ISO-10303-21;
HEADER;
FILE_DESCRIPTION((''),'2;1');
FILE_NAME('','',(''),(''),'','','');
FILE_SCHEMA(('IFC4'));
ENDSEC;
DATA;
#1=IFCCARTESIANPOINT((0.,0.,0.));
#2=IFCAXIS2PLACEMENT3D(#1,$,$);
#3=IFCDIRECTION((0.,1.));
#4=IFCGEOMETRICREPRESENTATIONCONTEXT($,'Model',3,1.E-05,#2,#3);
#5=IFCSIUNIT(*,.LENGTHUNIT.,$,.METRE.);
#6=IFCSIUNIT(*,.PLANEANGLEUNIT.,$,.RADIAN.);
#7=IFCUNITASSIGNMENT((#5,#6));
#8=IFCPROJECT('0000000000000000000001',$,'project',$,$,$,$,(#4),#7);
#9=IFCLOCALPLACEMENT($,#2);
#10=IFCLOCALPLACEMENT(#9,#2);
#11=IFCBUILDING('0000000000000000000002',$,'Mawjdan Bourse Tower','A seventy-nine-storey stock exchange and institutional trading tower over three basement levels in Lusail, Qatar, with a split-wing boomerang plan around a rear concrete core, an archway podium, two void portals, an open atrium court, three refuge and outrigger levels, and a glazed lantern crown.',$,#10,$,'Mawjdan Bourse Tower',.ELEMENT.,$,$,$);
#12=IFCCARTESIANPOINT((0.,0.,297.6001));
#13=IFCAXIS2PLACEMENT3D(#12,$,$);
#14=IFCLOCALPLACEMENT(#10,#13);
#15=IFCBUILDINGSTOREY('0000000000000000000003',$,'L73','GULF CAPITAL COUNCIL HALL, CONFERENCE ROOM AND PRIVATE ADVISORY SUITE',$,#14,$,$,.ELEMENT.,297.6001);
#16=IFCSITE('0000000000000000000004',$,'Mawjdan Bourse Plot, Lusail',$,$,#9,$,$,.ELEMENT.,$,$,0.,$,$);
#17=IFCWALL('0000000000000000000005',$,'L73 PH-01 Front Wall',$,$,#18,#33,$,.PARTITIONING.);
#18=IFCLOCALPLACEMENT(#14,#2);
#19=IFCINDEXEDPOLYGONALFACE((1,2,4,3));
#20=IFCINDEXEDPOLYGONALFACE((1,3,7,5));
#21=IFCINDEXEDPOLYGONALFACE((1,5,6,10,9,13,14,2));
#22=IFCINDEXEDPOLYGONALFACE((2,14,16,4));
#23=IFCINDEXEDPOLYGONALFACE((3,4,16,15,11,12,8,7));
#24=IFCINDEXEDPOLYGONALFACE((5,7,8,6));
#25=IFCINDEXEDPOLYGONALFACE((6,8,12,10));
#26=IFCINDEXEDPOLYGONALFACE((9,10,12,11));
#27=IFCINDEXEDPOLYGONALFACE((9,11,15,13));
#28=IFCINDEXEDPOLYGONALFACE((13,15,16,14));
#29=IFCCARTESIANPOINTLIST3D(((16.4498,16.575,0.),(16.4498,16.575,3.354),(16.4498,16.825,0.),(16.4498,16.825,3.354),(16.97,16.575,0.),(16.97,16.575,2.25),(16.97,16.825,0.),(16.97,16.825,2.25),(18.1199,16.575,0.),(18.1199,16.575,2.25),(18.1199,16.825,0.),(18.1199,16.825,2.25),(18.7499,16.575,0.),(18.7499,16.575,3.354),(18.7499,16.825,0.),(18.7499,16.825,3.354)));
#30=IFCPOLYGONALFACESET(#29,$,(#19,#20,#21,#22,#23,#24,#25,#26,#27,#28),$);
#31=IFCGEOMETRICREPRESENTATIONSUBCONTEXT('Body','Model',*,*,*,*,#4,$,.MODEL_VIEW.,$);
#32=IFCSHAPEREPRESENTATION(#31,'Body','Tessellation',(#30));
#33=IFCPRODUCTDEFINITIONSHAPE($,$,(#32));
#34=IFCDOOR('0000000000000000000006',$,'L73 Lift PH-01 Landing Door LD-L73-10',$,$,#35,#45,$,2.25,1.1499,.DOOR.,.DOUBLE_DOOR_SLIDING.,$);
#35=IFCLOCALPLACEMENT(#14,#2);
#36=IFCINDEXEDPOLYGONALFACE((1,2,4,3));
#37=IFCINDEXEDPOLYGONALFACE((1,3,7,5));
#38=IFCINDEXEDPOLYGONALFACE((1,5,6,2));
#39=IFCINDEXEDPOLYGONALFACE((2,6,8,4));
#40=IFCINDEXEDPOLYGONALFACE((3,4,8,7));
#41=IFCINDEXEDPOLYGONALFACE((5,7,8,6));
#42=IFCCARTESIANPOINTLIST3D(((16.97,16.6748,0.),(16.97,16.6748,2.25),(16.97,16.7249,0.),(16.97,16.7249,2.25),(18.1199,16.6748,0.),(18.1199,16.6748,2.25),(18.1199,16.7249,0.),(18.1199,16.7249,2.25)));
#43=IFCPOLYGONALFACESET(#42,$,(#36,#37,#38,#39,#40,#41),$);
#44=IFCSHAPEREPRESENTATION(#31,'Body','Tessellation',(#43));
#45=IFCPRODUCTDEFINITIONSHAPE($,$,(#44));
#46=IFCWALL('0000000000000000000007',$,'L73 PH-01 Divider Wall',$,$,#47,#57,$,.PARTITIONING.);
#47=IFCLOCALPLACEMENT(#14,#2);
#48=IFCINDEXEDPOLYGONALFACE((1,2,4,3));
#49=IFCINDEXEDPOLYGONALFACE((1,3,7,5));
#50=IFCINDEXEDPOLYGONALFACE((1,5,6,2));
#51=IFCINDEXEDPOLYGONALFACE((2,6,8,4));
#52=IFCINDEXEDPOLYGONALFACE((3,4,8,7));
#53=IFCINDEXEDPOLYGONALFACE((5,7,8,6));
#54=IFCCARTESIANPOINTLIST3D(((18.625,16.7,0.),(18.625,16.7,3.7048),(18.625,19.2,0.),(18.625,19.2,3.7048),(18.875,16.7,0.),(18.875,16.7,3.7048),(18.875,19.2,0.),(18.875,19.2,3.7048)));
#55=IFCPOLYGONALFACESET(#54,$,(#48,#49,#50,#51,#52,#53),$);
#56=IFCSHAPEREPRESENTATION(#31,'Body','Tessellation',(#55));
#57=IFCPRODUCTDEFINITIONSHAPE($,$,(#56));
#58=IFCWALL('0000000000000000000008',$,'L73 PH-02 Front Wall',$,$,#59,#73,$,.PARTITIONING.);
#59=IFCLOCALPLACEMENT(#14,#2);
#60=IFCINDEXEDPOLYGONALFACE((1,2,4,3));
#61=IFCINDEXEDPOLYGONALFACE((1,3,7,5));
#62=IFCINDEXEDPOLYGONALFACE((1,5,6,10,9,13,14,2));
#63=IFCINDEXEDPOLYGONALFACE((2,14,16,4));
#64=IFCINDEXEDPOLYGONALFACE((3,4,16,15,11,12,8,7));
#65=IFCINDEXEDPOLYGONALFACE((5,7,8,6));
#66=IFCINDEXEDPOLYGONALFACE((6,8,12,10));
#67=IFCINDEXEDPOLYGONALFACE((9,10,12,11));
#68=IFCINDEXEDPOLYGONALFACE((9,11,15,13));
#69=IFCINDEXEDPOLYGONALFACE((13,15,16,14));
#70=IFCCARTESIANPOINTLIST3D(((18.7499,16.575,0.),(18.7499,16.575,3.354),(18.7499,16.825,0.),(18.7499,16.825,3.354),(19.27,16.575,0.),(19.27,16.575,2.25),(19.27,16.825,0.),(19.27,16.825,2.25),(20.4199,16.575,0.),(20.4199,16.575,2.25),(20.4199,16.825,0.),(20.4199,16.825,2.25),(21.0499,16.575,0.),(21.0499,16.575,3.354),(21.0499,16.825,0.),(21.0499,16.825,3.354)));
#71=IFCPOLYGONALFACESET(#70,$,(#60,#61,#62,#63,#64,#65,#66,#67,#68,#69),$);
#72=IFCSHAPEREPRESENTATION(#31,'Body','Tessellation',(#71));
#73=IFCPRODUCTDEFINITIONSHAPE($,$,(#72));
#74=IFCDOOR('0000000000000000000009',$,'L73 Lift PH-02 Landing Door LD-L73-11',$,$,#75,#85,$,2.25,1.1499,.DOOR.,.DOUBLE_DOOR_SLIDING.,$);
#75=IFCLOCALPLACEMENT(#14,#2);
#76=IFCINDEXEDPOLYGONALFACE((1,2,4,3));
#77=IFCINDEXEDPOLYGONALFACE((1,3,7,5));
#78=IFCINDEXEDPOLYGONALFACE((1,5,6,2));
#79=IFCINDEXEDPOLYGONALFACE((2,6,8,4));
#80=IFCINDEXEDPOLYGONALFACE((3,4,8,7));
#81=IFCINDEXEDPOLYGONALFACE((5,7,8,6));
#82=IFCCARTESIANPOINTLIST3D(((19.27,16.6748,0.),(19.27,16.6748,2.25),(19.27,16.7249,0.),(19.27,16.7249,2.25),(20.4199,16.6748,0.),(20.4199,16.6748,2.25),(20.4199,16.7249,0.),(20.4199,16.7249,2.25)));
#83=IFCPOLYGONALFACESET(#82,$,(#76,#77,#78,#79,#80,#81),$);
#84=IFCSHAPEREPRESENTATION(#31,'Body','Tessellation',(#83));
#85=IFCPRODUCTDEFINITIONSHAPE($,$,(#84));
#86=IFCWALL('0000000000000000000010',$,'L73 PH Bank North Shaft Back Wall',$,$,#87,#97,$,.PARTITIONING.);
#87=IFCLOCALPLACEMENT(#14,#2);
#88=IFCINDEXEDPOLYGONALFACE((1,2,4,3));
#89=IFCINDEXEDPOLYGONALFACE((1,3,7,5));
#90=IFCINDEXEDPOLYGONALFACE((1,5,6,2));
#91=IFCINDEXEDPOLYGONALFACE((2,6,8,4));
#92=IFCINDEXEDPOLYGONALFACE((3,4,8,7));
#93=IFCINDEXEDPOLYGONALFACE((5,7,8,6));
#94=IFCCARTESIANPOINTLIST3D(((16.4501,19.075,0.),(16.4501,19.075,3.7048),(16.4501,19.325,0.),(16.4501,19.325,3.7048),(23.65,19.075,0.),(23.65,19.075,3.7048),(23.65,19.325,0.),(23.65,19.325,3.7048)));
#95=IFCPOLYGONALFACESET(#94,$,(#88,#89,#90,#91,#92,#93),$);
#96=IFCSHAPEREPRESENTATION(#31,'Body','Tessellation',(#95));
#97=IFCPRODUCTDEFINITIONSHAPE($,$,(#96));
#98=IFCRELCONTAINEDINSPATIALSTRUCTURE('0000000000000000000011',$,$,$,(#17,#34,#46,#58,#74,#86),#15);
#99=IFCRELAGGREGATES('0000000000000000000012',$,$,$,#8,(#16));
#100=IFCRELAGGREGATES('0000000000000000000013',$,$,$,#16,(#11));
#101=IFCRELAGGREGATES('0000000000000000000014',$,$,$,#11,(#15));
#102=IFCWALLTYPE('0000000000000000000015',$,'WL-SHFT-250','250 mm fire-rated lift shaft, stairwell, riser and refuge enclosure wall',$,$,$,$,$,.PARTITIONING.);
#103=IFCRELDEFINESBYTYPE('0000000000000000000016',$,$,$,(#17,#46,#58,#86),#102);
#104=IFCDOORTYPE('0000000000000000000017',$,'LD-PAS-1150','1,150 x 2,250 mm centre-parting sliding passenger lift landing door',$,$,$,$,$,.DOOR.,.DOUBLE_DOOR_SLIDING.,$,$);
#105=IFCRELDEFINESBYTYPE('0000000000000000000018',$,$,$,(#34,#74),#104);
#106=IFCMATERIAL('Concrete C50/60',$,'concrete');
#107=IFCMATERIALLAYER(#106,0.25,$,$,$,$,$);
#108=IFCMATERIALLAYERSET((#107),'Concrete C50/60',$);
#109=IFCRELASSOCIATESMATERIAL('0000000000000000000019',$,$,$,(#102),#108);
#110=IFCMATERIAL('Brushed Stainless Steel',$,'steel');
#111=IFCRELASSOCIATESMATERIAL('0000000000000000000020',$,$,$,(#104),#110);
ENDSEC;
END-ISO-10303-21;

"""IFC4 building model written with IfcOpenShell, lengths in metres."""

from ifc_helpers import new_model, si_unit, direction, frame, frame_2d, origin, place, context, subcontext, project, spatial, rectangle, extrude, material, layer, layer_set, type_object, element, fill, save


model = new_model("IFC4")

# Units and contexts
model_context = context("Model", 3, precision=1e-05, world=origin(), true_north=direction((0.0, 1.0)))
body_context = subcontext(model_context, "Body", "Model", "MODEL_VIEW")
ifc_project = project(units=[si_unit("LENGTHUNIT", "METRE"), si_unit("PLANEANGLEUNIT", "RADIAN")], contexts=[model_context])

# Site, building, storey
site_placement = place(None, origin())
site = spatial("IfcSite", under=ifc_project, at=site_placement, Name="Mawjdan Bourse Plot, Lusail", CompositionType="ELEMENT", RefElevation=0.0)
building_placement = place(site_placement, origin())
building = spatial("IfcBuilding", under=site, at=building_placement, Name="Mawjdan Bourse Tower", Description="A seventy-nine-storey stock exchange and institutional trading tower over three basement levels in Lusail, Qatar, with a split-wing boomerang plan around a rear concrete core, an archway podium, two void portals, an open atrium court, three refuge and outrigger levels, and a glazed lantern crown.", LongName="Mawjdan Bourse Tower", CompositionType="ELEMENT")
storey_placement = place(building_placement, frame((0.0, 0.0, 297.6001)))
storey = spatial("IfcBuildingStorey", under=building, at=storey_placement, Name="L73", Description="GULF CAPITAL COUNCIL HALL, CONFERENCE ROOM AND PRIVATE ADVISORY SUITE", CompositionType="ELEMENT", Elevation=297.6001)

# Shared definitions
ifc_material_1 = material(Name="Concrete C50/60", Category="concrete")
ifc_layer_1 = layer(ifc_material_1, 0.25)
ifc_layer_set_1 = layer_set([ifc_layer_1], Name="Concrete C50/60")
wall_type_1 = type_object("IfcWallType", Name="WL-SHFT-250", Description="250 mm fire-rated lift shaft, stairwell, riser and refuge enclosure wall", PredefinedType="PARTITIONING", material=ifc_layer_set_1)
ifc_material_2 = material(Name="Brushed Stainless Steel", Category="steel")

# Wall, opening, door
wall_1_placement = place(storey_placement, frame((16.45, 16.7, 0.0), z_axis=(0.0, 0.0, 1.0), x_axis=(1.0, 0.0, 0.0)))
wall_1 = element("IfcWall", 1, at=wall_1_placement, inside=storey, type_object=wall_type_1, Name="L73 PH-01 Front Wall", PredefinedType="PARTITIONING", context=body_context, shape_type="SweptSolid", body=[
    extrude(rectangle(XDim=2.3, YDim=0.25, at=frame_2d((1.1499, 0.0))), origin(), (0.0, 0.0, 1.0), 3.354),
])
opening_1_placement = place(wall_1_placement, frame((0.52, 0.0, 0.0)))
opening_1 = element("IfcOpeningElement", 2, at=opening_1_placement, cuts=wall_1, PredefinedType="OPENING", context=body_context, shape_type="SweptSolid", body=[
    extrude(rectangle(XDim=1.1499, YDim=2.25, at=frame_2d((0.575, 1.125))), frame((0.0, 0.135, 0.0), z_axis=(0.0, -1.0, 0.0), x_axis=(1.0, 0.0, 0.0)), (0.0, 0.0, 1.0), 0.27),
])
door_type_1 = type_object("IfcDoorType", Name="LD-PAS-1150", Description="1,150 x 2,250 mm centre-parting sliding passenger lift landing door", OperationType="DOUBLE_DOOR_SLIDING", PredefinedType="DOOR", material=ifc_material_2)
door_1_placement = place(opening_1_placement, origin())
door_1 = element("IfcDoor", 3, at=door_1_placement, inside=storey, type_object=door_type_1, Name="L73 Lift PH-01 Landing Door LD-L73-10", OperationType="DOUBLE_DOOR_SLIDING", OverallHeight=2.25, OverallWidth=1.1499, PredefinedType="DOOR", context=body_context, shape_type="SweptSolid", body=[
    extrude(rectangle(XDim=1.1499, YDim=2.25, at=frame_2d((0.575, 1.125))), frame((0.0, 0.0249, 0.0), z_axis=(0.0, -1.0, 0.0), x_axis=(1.0, 0.0, 0.0)), (0.0, 0.0, 1.0), 0.05),
])
fill(opening_1, door_1)

# Wall
wall_2_placement = place(storey_placement, frame((18.75, 16.7, 0.0), z_axis=(0.0, 0.0, 1.0), x_axis=(0.0, 1.0, 0.0)))
element("IfcWall", 4, at=wall_2_placement, inside=storey, type_object=wall_type_1, Name="L73 PH-01 Divider Wall", PredefinedType="PARTITIONING", context=body_context, shape_type="SweptSolid", body=[
    extrude(rectangle(XDim=2.5, YDim=0.25, at=frame_2d((1.25, 0.0))), origin(), (0.0, 0.0, 1.0), 3.7048),
])

# Wall, opening, door
wall_3_placement = place(storey_placement, frame((18.75, 16.7, 0.0), z_axis=(0.0, 0.0, 1.0), x_axis=(1.0, 0.0, 0.0)))
wall_3 = element("IfcWall", 5, at=wall_3_placement, inside=storey, type_object=wall_type_1, Name="L73 PH-02 Front Wall", PredefinedType="PARTITIONING", context=body_context, shape_type="SweptSolid", body=[
    extrude(rectangle(XDim=2.3, YDim=0.25, at=frame_2d((1.1499, 0.0))), origin(), (0.0, 0.0, 1.0), 3.354),
])
opening_2_placement = place(wall_3_placement, frame((0.52, 0.0, 0.0)))
opening_2 = element("IfcOpeningElement", 6, at=opening_2_placement, cuts=wall_3, PredefinedType="OPENING", context=body_context, shape_type="SweptSolid", body=[
    extrude(rectangle(XDim=1.1499, YDim=2.25, at=frame_2d((0.575, 1.125))), frame((0.0, 0.135, 0.0), z_axis=(0.0, -1.0, 0.0), x_axis=(1.0, 0.0, 0.0)), (0.0, 0.0, 1.0), 0.27),
])
door_2_placement = place(opening_2_placement, origin())
door_2 = element("IfcDoor", 7, at=door_2_placement, inside=storey, type_object=door_type_1, Name="L73 Lift PH-02 Landing Door LD-L73-11", OperationType="DOUBLE_DOOR_SLIDING", OverallHeight=2.25, OverallWidth=1.1499, PredefinedType="DOOR", context=body_context, shape_type="SweptSolid", body=[
    extrude(rectangle(XDim=1.1499, YDim=2.25, at=frame_2d((0.575, 1.125))), frame((0.0, 0.0249, 0.0), z_axis=(0.0, -1.0, 0.0), x_axis=(1.0, 0.0, 0.0)), (0.0, 0.0, 1.0), 0.05),
])
fill(opening_2, door_2)

# Wall
wall_4_placement = place(storey_placement, frame((16.45, 19.2, 0.0), z_axis=(0.0, 0.0, 1.0), x_axis=(1.0, 0.0, 0.0)))
element("IfcWall", 8, at=wall_4_placement, inside=storey, type_object=wall_type_1, Name="L73 PH Bank North Shaft Back Wall", PredefinedType="PARTITIONING", context=body_context, shape_type="SweptSolid", body=[
    extrude(rectangle(XDim=7.2, YDim=0.25, at=frame_2d((3.6001, 0.0))), origin(), (0.0, 0.0, 1.0), 3.7048),
])

save(model, "model.ifc")
